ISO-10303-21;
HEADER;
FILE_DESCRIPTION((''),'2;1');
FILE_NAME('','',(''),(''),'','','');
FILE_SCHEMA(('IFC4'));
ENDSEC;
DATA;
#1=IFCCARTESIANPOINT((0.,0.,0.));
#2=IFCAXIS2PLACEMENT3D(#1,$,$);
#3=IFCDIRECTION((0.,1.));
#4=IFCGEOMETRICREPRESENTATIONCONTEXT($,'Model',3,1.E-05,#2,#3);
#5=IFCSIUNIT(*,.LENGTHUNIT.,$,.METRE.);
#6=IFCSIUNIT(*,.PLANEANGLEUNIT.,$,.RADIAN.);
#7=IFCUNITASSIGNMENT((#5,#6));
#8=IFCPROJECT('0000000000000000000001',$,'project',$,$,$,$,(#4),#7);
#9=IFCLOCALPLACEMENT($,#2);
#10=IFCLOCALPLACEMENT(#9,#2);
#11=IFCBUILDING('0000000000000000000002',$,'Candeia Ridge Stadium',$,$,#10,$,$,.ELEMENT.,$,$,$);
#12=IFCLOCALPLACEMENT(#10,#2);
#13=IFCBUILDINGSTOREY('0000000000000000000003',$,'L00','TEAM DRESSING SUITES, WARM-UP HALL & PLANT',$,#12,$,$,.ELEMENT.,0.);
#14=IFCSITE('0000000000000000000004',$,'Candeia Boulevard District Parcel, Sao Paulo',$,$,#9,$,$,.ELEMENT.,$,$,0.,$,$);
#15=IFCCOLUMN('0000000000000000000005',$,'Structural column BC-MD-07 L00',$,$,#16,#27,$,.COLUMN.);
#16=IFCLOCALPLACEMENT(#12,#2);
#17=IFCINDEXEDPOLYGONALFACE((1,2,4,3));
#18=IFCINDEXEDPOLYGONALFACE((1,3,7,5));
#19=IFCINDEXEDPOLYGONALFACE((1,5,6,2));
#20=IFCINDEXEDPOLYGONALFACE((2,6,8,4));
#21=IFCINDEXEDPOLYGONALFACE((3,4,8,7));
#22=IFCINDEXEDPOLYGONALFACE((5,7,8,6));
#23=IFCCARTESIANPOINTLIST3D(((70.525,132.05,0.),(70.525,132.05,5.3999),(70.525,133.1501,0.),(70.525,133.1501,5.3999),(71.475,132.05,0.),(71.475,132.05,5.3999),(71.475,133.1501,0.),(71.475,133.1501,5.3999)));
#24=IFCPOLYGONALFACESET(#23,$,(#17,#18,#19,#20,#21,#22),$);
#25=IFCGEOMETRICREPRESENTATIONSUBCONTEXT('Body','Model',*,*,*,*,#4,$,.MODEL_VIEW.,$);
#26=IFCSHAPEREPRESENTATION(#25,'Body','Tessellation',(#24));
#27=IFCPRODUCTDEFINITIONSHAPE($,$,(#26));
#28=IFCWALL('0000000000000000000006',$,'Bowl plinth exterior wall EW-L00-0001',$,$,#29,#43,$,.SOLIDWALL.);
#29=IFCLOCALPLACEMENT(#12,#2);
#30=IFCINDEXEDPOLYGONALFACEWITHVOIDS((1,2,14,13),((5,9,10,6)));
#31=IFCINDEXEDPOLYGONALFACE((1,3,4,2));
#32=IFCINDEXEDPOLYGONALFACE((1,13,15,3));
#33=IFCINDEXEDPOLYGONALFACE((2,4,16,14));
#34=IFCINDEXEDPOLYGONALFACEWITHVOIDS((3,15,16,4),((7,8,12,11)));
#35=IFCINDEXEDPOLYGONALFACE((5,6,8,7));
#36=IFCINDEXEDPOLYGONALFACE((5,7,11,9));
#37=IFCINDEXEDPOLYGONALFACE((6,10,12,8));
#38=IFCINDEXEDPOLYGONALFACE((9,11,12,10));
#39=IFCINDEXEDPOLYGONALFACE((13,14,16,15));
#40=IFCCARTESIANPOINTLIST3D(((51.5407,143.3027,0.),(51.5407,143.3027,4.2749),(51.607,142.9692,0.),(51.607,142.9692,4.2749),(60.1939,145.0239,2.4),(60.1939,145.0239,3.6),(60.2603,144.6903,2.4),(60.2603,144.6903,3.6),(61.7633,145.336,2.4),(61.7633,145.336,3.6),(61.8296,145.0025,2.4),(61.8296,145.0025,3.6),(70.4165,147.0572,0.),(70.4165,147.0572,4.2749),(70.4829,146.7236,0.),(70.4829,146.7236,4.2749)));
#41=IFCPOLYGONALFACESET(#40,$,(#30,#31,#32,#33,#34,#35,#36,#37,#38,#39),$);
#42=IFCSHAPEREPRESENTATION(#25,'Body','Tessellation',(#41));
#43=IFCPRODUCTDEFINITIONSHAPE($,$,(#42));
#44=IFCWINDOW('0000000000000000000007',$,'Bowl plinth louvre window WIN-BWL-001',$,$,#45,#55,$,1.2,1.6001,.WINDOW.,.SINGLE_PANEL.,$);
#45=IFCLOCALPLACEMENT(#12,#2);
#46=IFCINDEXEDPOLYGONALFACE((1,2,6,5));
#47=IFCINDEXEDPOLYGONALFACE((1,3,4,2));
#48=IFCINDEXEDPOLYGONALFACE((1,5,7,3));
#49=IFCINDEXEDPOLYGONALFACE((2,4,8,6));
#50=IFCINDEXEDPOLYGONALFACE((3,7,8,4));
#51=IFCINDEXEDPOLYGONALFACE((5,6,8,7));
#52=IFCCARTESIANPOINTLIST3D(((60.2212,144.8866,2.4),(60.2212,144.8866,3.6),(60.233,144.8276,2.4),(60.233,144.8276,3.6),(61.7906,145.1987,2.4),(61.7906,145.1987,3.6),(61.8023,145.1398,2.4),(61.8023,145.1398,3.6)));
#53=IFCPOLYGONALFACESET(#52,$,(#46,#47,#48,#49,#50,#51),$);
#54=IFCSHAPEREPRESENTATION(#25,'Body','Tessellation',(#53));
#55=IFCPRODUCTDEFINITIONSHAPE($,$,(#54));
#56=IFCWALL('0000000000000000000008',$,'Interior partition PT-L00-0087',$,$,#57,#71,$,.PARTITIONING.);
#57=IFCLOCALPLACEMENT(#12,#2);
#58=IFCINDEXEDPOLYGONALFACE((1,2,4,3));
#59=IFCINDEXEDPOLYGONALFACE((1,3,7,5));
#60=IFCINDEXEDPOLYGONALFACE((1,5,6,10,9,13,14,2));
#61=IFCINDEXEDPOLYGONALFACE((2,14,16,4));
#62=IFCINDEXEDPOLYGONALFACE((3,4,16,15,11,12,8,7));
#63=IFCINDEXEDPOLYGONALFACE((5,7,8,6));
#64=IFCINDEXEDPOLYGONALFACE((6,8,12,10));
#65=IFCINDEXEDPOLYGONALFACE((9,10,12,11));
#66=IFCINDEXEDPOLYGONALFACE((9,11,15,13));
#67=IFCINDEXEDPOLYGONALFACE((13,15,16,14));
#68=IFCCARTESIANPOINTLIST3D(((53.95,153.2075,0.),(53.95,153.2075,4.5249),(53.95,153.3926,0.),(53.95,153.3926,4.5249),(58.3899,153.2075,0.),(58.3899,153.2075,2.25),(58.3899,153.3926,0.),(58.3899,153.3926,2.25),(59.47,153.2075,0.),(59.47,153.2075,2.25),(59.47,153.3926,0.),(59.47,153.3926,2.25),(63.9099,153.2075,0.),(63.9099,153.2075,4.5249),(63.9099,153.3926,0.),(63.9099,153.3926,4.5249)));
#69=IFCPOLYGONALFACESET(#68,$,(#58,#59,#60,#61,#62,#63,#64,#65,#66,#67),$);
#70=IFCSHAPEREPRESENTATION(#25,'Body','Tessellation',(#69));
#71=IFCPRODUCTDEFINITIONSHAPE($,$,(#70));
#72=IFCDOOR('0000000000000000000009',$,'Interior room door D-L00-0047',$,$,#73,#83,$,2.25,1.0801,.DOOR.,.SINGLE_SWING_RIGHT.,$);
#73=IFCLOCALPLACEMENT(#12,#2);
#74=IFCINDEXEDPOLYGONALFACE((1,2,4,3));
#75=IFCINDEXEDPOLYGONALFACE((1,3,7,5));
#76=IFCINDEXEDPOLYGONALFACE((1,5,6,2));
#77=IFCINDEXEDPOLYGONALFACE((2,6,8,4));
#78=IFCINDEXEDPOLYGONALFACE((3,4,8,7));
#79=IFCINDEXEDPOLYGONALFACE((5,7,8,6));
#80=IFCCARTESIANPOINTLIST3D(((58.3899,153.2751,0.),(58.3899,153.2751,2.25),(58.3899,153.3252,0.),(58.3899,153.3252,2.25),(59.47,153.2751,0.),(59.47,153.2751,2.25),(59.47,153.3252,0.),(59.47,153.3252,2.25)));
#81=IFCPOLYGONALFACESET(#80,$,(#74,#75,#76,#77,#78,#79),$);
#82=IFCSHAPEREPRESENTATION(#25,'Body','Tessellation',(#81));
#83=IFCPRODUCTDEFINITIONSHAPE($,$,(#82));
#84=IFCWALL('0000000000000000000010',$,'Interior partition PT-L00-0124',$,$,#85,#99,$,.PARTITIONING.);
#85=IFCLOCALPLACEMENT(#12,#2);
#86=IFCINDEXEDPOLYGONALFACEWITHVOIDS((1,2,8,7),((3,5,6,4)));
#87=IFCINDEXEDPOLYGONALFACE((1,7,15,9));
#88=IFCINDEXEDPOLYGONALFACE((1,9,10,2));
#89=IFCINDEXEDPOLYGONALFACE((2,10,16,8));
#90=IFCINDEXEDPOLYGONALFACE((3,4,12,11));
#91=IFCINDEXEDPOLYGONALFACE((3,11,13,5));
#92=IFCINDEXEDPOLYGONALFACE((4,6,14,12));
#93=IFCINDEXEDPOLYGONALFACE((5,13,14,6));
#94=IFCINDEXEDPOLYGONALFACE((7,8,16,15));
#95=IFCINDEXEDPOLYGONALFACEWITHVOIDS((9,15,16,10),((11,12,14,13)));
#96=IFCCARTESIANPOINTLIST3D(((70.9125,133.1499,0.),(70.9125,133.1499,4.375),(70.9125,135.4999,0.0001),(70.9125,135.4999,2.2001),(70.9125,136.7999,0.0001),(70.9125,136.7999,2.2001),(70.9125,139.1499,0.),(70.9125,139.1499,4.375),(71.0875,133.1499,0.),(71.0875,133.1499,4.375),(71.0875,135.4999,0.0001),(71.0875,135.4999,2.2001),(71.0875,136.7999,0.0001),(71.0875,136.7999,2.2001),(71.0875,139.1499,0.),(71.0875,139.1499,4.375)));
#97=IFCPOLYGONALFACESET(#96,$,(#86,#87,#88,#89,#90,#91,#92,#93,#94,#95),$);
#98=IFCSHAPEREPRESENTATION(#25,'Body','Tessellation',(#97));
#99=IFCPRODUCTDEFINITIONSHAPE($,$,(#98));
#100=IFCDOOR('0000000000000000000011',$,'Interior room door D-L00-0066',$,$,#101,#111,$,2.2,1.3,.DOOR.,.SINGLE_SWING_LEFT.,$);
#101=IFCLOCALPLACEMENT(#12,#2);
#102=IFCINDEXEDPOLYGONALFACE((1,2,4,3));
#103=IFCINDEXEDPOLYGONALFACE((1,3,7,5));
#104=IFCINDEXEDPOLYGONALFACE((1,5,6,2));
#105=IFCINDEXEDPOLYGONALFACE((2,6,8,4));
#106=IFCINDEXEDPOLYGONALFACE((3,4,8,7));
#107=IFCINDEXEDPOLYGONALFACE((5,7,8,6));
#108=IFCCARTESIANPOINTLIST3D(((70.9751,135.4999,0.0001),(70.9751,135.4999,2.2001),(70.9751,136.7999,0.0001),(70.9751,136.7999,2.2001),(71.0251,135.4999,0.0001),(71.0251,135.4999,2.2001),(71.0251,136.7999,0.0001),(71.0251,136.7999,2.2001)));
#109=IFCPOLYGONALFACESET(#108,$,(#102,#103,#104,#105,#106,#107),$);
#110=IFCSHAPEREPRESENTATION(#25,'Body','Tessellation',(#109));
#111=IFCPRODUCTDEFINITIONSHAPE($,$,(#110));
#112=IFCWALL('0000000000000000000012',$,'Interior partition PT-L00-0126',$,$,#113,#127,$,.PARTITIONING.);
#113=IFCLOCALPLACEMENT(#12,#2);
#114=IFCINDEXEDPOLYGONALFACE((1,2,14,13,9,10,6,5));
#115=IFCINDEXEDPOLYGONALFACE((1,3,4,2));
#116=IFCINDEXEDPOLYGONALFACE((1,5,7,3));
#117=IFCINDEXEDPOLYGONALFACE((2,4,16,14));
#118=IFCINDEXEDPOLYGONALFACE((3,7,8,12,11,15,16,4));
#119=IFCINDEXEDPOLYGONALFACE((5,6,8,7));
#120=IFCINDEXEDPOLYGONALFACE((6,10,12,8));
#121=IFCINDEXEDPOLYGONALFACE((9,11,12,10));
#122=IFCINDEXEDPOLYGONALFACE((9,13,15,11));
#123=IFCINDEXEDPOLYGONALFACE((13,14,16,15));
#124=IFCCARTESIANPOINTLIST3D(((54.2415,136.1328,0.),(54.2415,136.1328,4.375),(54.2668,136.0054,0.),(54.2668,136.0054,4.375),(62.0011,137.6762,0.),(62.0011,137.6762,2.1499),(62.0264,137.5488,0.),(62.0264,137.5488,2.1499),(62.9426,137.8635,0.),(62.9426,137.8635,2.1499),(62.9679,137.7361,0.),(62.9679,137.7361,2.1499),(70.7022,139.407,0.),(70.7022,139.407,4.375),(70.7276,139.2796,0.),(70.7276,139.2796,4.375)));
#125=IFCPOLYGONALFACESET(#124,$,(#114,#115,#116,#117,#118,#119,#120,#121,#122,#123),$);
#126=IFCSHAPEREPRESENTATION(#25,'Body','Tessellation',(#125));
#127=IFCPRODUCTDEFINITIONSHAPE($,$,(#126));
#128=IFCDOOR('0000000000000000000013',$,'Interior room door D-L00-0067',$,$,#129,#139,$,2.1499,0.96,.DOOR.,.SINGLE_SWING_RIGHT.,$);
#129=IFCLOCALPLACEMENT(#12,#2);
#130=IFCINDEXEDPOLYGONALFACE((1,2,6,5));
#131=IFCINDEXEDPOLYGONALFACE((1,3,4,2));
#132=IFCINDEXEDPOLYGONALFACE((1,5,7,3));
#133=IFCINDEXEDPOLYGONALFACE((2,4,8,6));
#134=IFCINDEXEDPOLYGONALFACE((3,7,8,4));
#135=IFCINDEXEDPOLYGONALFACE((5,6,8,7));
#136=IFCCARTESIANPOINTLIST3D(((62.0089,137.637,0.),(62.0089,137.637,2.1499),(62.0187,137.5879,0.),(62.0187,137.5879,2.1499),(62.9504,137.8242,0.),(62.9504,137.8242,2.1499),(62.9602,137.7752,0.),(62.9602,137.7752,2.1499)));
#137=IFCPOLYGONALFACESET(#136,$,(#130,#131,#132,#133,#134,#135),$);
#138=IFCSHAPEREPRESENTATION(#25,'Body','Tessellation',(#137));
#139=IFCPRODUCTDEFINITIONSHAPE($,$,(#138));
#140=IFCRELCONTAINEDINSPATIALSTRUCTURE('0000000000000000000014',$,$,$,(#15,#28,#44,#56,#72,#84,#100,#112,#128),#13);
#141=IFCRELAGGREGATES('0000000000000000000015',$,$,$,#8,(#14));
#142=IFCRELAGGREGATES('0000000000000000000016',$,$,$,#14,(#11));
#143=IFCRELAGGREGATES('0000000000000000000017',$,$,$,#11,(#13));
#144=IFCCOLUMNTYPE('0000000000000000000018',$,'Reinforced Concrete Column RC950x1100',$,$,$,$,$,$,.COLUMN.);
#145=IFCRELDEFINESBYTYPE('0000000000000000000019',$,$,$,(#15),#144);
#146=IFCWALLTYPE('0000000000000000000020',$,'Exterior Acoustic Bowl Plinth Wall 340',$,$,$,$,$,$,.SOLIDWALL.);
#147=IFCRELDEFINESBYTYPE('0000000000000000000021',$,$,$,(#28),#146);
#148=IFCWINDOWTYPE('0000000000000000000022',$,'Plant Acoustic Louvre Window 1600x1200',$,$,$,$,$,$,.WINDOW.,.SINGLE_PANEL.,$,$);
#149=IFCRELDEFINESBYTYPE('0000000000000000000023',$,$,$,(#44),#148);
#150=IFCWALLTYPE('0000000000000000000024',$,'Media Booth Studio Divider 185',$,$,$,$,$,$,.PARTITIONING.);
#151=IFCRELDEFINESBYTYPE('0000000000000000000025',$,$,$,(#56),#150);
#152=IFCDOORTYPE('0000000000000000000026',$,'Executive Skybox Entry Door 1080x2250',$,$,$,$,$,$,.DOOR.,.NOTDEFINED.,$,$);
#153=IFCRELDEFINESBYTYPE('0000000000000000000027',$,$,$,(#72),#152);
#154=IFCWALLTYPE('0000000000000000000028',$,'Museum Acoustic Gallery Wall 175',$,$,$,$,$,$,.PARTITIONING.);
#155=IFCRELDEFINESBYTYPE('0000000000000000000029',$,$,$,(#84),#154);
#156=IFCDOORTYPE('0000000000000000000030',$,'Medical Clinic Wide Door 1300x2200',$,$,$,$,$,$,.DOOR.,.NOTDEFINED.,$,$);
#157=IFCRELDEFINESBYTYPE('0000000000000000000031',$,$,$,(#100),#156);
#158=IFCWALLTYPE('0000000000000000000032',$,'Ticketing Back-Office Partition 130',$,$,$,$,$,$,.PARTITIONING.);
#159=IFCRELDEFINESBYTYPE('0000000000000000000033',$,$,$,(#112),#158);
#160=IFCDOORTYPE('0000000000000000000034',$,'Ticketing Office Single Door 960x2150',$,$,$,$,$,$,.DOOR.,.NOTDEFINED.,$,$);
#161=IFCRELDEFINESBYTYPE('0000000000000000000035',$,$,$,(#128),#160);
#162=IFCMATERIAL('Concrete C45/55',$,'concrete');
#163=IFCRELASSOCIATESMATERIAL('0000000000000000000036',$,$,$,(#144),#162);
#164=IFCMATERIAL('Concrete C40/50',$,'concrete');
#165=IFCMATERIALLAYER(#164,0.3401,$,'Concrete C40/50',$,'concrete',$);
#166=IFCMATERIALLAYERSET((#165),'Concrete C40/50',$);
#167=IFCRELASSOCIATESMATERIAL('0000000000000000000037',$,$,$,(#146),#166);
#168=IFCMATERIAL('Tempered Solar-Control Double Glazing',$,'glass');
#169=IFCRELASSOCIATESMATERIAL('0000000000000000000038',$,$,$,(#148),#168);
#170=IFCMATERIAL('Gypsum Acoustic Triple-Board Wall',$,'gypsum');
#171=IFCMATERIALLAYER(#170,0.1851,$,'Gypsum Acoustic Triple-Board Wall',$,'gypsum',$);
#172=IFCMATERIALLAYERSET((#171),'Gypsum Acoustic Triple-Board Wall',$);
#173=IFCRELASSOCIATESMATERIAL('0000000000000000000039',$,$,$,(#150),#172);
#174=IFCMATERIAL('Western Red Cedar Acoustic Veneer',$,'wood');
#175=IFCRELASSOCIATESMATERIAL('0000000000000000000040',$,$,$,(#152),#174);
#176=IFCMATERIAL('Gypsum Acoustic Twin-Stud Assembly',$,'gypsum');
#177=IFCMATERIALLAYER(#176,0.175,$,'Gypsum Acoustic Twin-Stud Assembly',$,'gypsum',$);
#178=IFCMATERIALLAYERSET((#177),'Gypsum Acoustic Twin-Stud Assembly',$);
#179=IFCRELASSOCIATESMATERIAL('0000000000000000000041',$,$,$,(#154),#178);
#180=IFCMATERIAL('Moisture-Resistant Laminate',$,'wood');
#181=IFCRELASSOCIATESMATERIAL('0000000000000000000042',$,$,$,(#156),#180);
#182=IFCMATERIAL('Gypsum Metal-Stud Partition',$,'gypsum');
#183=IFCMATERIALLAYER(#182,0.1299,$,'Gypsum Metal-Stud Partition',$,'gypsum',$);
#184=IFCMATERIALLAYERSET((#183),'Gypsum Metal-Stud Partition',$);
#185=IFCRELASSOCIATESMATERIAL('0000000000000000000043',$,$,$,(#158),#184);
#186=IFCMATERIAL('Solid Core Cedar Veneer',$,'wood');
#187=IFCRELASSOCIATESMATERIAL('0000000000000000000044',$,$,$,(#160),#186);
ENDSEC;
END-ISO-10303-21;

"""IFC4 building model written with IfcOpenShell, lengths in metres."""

from ifc_helpers import new_model, si_unit, direction, frame, frame_2d, origin, origin_2d, place, context, subcontext, project, spatial, rectangle, extrude, material, layer, layer_set, material_profile, profile_set, type_object, element, fill, save


model = new_model("IFC4")

# Units and contexts
model_context = context("Model", 3, precision=1e-05, world=origin(), true_north=direction((0.0, 1.0)))
body_context = subcontext(model_context, "Body", "Model", "MODEL_VIEW")
ifc_project = project(units=[si_unit("LENGTHUNIT", "METRE"), si_unit("PLANEANGLEUNIT", "RADIAN")], contexts=[model_context])

# Site, building, storey
site_placement = place(None, origin())
site = spatial("IfcSite", under=ifc_project, at=site_placement, Name="Candeia Boulevard District Parcel, Sao Paulo", CompositionType="ELEMENT", RefElevation=0.0)
building_placement = place(site_placement, origin())
building = spatial("IfcBuilding", under=site, at=building_placement, Name="Candeia Ridge Stadium", CompositionType="ELEMENT")
storey_placement = place(building_placement, origin())
storey = spatial("IfcBuildingStorey", under=building, at=storey_placement, Name="L00", Description="TEAM DRESSING SUITES, WARM-UP HALL & PLANT", CompositionType="ELEMENT", Elevation=0.0)

# Shared definitions
ifc_material_1 = material(Name="Concrete C40/50", Category="concrete")

# Column
ifc_material_2 = material(Name="Concrete C45/55", Category="concrete")
ifc_material_profile_1 = material_profile(ifc_material_2, rectangle(XDim=0.95, YDim=1.1001, at=origin_2d()), Name="RC950x1100", Category="concrete")
ifc_profile_set_1 = profile_set([ifc_material_profile_1], Name="Concrete C45/55")
column_type_1 = type_object("IfcColumnType", Name="Reinforced Concrete Column RC950x1100", PredefinedType="COLUMN", material=ifc_profile_set_1)
column_1_placement = place(storey_placement, frame((71.0, 132.6001, 0.0), z_axis=(0.0, 0.0, 1.0), x_axis=(1.0, 0.0, 0.0)))
element("IfcColumn", 1, at=column_1_placement, inside=storey, type_object=column_type_1, Name="Structural column BC-MD-07 L00", PredefinedType="COLUMN", context=body_context, shape_type="SweptSolid", body=[
    extrude(rectangle(XDim=0.95, YDim=1.1001, at=origin_2d()), origin(), (0.0, 0.0, 1.0), 5.3999),
])

# Wall, opening, window
ifc_layer_1 = layer(ifc_material_1, 0.3401, Name="Concrete C40/50", Category="concrete")
ifc_layer_set_1 = layer_set([ifc_layer_1], Name="Concrete C40/50")
wall_type_1 = type_object("IfcWallType", Name="Exterior Acoustic Bowl Plinth Wall 340", PredefinedType="SOLIDWALL", material=ifc_layer_set_1)
wall_1_placement = place(storey_placement, frame((70.4497, 146.8904, 0.0), z_axis=(0.0, 0.0, 1.0), x_axis=(-0.980787, -0.195079, 0.0)))
wall_1 = element("IfcWall", 2, at=wall_1_placement, inside=storey, type_object=wall_type_1, Name="Bowl plinth exterior wall EW-L00-0001", PredefinedType="SOLIDWALL", context=body_context, shape_type="SweptSolid", body=[
    extrude(rectangle(XDim=19.2456, YDim=0.3401, at=frame_2d((9.6228, 0.0))), origin(), (0.0, 0.0, 1.0), 4.2749),
])
opening_1_placement = place(wall_1_placement, frame((8.8228, 0.0, 2.3999)))
opening_1 = element("IfcOpeningElement", 3, at=opening_1_placement, cuts=wall_1, PredefinedType="OPENING", context=body_context, shape_type="SweptSolid", body=[
    extrude(rectangle(XDim=1.6001, YDim=1.2, at=frame_2d((0.8, 0.6001))), frame((0.0, 0.1799, 0.0), z_axis=(0.0, -1.0, 0.0), x_axis=(1.0, 0.0, 0.0)), (0.0, 0.0, 1.0), 0.3601),
])
ifc_material_3 = material(Name="Tempered Solar-Control Double Glazing", Category="glass")
window_type = type_object("IfcWindowType", Name="Plant Acoustic Louvre Window 1600x1200", PartitioningType="SINGLE_PANEL", PredefinedType="WINDOW", material=ifc_material_3)
window_placement = place(opening_1_placement, origin())
window = element("IfcWindow", 4, at=window_placement, inside=storey, type_object=window_type, Name="Bowl plinth louvre window WIN-BWL-001", OverallHeight=1.2, OverallWidth=1.6001, PartitioningType="SINGLE_PANEL", PredefinedType="WINDOW", context=body_context, shape_type="SweptSolid", body=[
    extrude(rectangle(XDim=1.6001, YDim=1.2, at=frame_2d((0.8, 0.6001))), frame((0.0, 0.03, 0.0), z_axis=(0.0, -1.0, 0.0), x_axis=(1.0, 0.0, 0.0)), (0.0, 0.0, 1.0), 0.0601),
])
fill(opening_1, window)

# Walls, openings, doors
ifc_material_4 = material(Name="Gypsum Acoustic Triple-Board Wall", Category="gypsum")
ifc_layer_2 = layer(ifc_material_4, 0.1851, Name="Gypsum Acoustic Triple-Board Wall", Category="gypsum")
ifc_layer_set_2 = layer_set([ifc_layer_2], Name="Gypsum Acoustic Triple-Board Wall")
wall_type_2 = type_object("IfcWallType", Name="Media Booth Studio Divider 185", PredefinedType="PARTITIONING", material=ifc_layer_set_2)
wall_2_placement = place(storey_placement, frame((53.95, 153.3, 0.0), z_axis=(0.0, 0.0, 1.0), x_axis=(1.0, 0.0, 0.0)))
wall_2 = element("IfcWall", 5, at=wall_2_placement, inside=storey, type_object=wall_type_2, Name="Interior partition PT-L00-0087", PredefinedType="PARTITIONING", context=body_context, shape_type="SweptSolid", body=[
    extrude(rectangle(XDim=9.96, YDim=0.1851, at=frame_2d((4.98, 0.0))), origin(), (0.0, 0.0, 1.0), 4.5249),
])
opening_2_placement = place(wall_2_placement, frame((4.4399, 0.0, 0.0)))
opening_2 = element("IfcOpeningElement", 6, at=opening_2_placement, cuts=wall_2, PredefinedType="OPENING", context=body_context, shape_type="SweptSolid", body=[
    extrude(rectangle(XDim=1.0801, YDim=2.25, at=frame_2d((0.54, 1.125))), frame((0.0, 0.1025, 0.0), z_axis=(0.0, -1.0, 0.0), x_axis=(1.0, 0.0, 0.0)), (0.0, 0.0, 1.0), 0.2051),
])
ifc_material_5 = material(Name="Western Red Cedar Acoustic Veneer", Category="wood")
door_type_1 = type_object("IfcDoorType", Name="Executive Skybox Entry Door 1080x2250", OperationType="NOTDEFINED", PredefinedType="DOOR", material=ifc_material_5)
door_1_placement = place(opening_2_placement, frame((1.0801, 0.0, 0.0), z_axis=(0.0, 0.0, 1.0), x_axis=(-1.0, 0.0, 0.0)))
door_1 = element("IfcDoor", 7, at=door_1_placement, inside=storey, type_object=door_type_1, Name="Interior room door D-L00-0047", OperationType="SINGLE_SWING_RIGHT", OverallHeight=2.25, OverallWidth=1.0801, PredefinedType="DOOR", context=body_context, shape_type="SweptSolid", body=[
    extrude(rectangle(XDim=1.0801, YDim=2.25, at=frame_2d((0.54, 1.125))), frame((0.0, 0.0249, 0.0), z_axis=(0.0, -1.0, 0.0), x_axis=(1.0, 0.0, 0.0)), (0.0, 0.0, 1.0), 0.05),
])
fill(opening_2, door_1)
ifc_material_6 = material(Name="Gypsum Acoustic Twin-Stud Assembly", Category="gypsum")
ifc_layer_3 = layer(ifc_material_6, 0.175, Name="Gypsum Acoustic Twin-Stud Assembly", Category="gypsum")
ifc_layer_set_3 = layer_set([ifc_layer_3], Name="Gypsum Acoustic Twin-Stud Assembly")
wall_type_3 = type_object("IfcWallType", Name="Museum Acoustic Gallery Wall 175", PredefinedType="PARTITIONING", material=ifc_layer_set_3)
wall_3_placement = place(storey_placement, frame((71.0, 133.1499, 0.0), z_axis=(0.0, 0.0, 1.0), x_axis=(0.0, 1.0, 0.0)))
wall_3 = element("IfcWall", 8, at=wall_3_placement, inside=storey, type_object=wall_type_3, Name="Interior partition PT-L00-0124", PredefinedType="PARTITIONING", context=body_context, shape_type="SweptSolid", body=[
    extrude(rectangle(XDim=6.0, YDim=0.175, at=frame_2d((3.0, 0.0))), origin(), (0.0, 0.0, 1.0), 4.375),
])
opening_3_placement = place(wall_3_placement, frame((2.3501, 0.0, 0.0)))
opening_3 = element("IfcOpeningElement", 9, at=opening_3_placement, cuts=wall_3, PredefinedType="OPENING", context=body_context, shape_type="SweptSolid", body=[
    extrude(rectangle(XDim=1.3, YDim=2.2, at=frame_2d((0.6499, 1.1001))), frame((0.0, 0.0974, 0.0), z_axis=(0.0, -1.0, 0.0), x_axis=(1.0, 0.0, 0.0)), (0.0, 0.0, 1.0), 0.1951),
])
ifc_material_7 = material(Name="Moisture-Resistant Laminate", Category="wood")
door_type_2 = type_object("IfcDoorType", Name="Medical Clinic Wide Door 1300x2200", OperationType="NOTDEFINED", PredefinedType="DOOR", material=ifc_material_7)
door_2_placement = place(opening_3_placement, origin())
door_2 = element("IfcDoor", 10, at=door_2_placement, inside=storey, type_object=door_type_2, Name="Interior room door D-L00-0066", OperationType="SINGLE_SWING_LEFT", OverallHeight=2.2, OverallWidth=1.3, PredefinedType="DOOR", context=body_context, shape_type="SweptSolid", body=[
    extrude(rectangle(XDim=1.3, YDim=2.2, at=frame_2d((0.6499, 1.1001))), frame((0.0, 0.0249, 0.0), z_axis=(0.0, -1.0, 0.0), x_axis=(1.0, 0.0, 0.0)), (0.0, 0.0, 1.0), 0.05),
])
fill(opening_3, door_2)
ifc_material_8 = material(Name="Gypsum Metal-Stud Partition", Category="gypsum")
ifc_layer_4 = layer(ifc_material_8, 0.1299, Name="Gypsum Metal-Stud Partition", Category="gypsum")
ifc_layer_set_4 = layer_set([ifc_layer_4], Name="Gypsum Metal-Stud Partition")
wall_type_4 = type_object("IfcWallType", Name="Ticketing Back-Office Partition 130", PredefinedType="PARTITIONING", material=ifc_layer_set_4)
wall_4_placement = place(storey_placement, frame((54.2542, 136.0691, 0.0), z_axis=(0.0, 0.0, 1.0), x_axis=(0.980786, 0.195087, 0.0)))
wall_4 = element("IfcWall", 11, at=wall_4_placement, inside=storey, type_object=wall_type_4, Name="Interior partition PT-L00-0126", PredefinedType="PARTITIONING", context=body_context, shape_type="SweptSolid", body=[
    extrude(rectangle(XDim=16.7832, YDim=0.1299, at=frame_2d((8.3916, 0.0))), origin(), (0.0, 0.0, 1.0), 4.375),
])
opening_4_placement = place(wall_4_placement, frame((7.9116, 0.0, 0.0)))
opening_4 = element("IfcOpeningElement", 12, at=opening_4_placement, cuts=wall_4, PredefinedType="OPENING", context=body_context, shape_type="SweptSolid", body=[
    extrude(rectangle(XDim=0.96, YDim=2.1499, at=frame_2d((0.48, 1.075))), frame((0.0, 0.075, 0.0), z_axis=(0.0, -1.0, 0.0), x_axis=(1.0, 0.0, 0.0)), (0.0, 0.0, 1.0), 0.1499),
])
ifc_material_9 = material(Name="Solid Core Cedar Veneer", Category="wood")
door_type_3 = type_object("IfcDoorType", Name="Ticketing Office Single Door 960x2150", OperationType="NOTDEFINED", PredefinedType="DOOR", material=ifc_material_9)
door_3_placement = place(opening_4_placement, origin())
door_3 = element("IfcDoor", 13, at=door_3_placement, inside=storey, type_object=door_type_3, Name="Interior room door D-L00-0067", OperationType="SINGLE_SWING_RIGHT", OverallHeight=2.1499, OverallWidth=0.96, PredefinedType="DOOR", context=body_context, shape_type="SweptSolid", body=[
    extrude(rectangle(XDim=0.96, YDim=2.1499, at=frame_2d((0.48, 1.075))), frame((0.0, 0.0249, 0.0), z_axis=(0.0, -1.0, 0.0), x_axis=(1.0, 0.0, 0.0)), (0.0, 0.0, 1.0), 0.05),
])
fill(opening_4, door_3)

save(model, "model.ifc")
